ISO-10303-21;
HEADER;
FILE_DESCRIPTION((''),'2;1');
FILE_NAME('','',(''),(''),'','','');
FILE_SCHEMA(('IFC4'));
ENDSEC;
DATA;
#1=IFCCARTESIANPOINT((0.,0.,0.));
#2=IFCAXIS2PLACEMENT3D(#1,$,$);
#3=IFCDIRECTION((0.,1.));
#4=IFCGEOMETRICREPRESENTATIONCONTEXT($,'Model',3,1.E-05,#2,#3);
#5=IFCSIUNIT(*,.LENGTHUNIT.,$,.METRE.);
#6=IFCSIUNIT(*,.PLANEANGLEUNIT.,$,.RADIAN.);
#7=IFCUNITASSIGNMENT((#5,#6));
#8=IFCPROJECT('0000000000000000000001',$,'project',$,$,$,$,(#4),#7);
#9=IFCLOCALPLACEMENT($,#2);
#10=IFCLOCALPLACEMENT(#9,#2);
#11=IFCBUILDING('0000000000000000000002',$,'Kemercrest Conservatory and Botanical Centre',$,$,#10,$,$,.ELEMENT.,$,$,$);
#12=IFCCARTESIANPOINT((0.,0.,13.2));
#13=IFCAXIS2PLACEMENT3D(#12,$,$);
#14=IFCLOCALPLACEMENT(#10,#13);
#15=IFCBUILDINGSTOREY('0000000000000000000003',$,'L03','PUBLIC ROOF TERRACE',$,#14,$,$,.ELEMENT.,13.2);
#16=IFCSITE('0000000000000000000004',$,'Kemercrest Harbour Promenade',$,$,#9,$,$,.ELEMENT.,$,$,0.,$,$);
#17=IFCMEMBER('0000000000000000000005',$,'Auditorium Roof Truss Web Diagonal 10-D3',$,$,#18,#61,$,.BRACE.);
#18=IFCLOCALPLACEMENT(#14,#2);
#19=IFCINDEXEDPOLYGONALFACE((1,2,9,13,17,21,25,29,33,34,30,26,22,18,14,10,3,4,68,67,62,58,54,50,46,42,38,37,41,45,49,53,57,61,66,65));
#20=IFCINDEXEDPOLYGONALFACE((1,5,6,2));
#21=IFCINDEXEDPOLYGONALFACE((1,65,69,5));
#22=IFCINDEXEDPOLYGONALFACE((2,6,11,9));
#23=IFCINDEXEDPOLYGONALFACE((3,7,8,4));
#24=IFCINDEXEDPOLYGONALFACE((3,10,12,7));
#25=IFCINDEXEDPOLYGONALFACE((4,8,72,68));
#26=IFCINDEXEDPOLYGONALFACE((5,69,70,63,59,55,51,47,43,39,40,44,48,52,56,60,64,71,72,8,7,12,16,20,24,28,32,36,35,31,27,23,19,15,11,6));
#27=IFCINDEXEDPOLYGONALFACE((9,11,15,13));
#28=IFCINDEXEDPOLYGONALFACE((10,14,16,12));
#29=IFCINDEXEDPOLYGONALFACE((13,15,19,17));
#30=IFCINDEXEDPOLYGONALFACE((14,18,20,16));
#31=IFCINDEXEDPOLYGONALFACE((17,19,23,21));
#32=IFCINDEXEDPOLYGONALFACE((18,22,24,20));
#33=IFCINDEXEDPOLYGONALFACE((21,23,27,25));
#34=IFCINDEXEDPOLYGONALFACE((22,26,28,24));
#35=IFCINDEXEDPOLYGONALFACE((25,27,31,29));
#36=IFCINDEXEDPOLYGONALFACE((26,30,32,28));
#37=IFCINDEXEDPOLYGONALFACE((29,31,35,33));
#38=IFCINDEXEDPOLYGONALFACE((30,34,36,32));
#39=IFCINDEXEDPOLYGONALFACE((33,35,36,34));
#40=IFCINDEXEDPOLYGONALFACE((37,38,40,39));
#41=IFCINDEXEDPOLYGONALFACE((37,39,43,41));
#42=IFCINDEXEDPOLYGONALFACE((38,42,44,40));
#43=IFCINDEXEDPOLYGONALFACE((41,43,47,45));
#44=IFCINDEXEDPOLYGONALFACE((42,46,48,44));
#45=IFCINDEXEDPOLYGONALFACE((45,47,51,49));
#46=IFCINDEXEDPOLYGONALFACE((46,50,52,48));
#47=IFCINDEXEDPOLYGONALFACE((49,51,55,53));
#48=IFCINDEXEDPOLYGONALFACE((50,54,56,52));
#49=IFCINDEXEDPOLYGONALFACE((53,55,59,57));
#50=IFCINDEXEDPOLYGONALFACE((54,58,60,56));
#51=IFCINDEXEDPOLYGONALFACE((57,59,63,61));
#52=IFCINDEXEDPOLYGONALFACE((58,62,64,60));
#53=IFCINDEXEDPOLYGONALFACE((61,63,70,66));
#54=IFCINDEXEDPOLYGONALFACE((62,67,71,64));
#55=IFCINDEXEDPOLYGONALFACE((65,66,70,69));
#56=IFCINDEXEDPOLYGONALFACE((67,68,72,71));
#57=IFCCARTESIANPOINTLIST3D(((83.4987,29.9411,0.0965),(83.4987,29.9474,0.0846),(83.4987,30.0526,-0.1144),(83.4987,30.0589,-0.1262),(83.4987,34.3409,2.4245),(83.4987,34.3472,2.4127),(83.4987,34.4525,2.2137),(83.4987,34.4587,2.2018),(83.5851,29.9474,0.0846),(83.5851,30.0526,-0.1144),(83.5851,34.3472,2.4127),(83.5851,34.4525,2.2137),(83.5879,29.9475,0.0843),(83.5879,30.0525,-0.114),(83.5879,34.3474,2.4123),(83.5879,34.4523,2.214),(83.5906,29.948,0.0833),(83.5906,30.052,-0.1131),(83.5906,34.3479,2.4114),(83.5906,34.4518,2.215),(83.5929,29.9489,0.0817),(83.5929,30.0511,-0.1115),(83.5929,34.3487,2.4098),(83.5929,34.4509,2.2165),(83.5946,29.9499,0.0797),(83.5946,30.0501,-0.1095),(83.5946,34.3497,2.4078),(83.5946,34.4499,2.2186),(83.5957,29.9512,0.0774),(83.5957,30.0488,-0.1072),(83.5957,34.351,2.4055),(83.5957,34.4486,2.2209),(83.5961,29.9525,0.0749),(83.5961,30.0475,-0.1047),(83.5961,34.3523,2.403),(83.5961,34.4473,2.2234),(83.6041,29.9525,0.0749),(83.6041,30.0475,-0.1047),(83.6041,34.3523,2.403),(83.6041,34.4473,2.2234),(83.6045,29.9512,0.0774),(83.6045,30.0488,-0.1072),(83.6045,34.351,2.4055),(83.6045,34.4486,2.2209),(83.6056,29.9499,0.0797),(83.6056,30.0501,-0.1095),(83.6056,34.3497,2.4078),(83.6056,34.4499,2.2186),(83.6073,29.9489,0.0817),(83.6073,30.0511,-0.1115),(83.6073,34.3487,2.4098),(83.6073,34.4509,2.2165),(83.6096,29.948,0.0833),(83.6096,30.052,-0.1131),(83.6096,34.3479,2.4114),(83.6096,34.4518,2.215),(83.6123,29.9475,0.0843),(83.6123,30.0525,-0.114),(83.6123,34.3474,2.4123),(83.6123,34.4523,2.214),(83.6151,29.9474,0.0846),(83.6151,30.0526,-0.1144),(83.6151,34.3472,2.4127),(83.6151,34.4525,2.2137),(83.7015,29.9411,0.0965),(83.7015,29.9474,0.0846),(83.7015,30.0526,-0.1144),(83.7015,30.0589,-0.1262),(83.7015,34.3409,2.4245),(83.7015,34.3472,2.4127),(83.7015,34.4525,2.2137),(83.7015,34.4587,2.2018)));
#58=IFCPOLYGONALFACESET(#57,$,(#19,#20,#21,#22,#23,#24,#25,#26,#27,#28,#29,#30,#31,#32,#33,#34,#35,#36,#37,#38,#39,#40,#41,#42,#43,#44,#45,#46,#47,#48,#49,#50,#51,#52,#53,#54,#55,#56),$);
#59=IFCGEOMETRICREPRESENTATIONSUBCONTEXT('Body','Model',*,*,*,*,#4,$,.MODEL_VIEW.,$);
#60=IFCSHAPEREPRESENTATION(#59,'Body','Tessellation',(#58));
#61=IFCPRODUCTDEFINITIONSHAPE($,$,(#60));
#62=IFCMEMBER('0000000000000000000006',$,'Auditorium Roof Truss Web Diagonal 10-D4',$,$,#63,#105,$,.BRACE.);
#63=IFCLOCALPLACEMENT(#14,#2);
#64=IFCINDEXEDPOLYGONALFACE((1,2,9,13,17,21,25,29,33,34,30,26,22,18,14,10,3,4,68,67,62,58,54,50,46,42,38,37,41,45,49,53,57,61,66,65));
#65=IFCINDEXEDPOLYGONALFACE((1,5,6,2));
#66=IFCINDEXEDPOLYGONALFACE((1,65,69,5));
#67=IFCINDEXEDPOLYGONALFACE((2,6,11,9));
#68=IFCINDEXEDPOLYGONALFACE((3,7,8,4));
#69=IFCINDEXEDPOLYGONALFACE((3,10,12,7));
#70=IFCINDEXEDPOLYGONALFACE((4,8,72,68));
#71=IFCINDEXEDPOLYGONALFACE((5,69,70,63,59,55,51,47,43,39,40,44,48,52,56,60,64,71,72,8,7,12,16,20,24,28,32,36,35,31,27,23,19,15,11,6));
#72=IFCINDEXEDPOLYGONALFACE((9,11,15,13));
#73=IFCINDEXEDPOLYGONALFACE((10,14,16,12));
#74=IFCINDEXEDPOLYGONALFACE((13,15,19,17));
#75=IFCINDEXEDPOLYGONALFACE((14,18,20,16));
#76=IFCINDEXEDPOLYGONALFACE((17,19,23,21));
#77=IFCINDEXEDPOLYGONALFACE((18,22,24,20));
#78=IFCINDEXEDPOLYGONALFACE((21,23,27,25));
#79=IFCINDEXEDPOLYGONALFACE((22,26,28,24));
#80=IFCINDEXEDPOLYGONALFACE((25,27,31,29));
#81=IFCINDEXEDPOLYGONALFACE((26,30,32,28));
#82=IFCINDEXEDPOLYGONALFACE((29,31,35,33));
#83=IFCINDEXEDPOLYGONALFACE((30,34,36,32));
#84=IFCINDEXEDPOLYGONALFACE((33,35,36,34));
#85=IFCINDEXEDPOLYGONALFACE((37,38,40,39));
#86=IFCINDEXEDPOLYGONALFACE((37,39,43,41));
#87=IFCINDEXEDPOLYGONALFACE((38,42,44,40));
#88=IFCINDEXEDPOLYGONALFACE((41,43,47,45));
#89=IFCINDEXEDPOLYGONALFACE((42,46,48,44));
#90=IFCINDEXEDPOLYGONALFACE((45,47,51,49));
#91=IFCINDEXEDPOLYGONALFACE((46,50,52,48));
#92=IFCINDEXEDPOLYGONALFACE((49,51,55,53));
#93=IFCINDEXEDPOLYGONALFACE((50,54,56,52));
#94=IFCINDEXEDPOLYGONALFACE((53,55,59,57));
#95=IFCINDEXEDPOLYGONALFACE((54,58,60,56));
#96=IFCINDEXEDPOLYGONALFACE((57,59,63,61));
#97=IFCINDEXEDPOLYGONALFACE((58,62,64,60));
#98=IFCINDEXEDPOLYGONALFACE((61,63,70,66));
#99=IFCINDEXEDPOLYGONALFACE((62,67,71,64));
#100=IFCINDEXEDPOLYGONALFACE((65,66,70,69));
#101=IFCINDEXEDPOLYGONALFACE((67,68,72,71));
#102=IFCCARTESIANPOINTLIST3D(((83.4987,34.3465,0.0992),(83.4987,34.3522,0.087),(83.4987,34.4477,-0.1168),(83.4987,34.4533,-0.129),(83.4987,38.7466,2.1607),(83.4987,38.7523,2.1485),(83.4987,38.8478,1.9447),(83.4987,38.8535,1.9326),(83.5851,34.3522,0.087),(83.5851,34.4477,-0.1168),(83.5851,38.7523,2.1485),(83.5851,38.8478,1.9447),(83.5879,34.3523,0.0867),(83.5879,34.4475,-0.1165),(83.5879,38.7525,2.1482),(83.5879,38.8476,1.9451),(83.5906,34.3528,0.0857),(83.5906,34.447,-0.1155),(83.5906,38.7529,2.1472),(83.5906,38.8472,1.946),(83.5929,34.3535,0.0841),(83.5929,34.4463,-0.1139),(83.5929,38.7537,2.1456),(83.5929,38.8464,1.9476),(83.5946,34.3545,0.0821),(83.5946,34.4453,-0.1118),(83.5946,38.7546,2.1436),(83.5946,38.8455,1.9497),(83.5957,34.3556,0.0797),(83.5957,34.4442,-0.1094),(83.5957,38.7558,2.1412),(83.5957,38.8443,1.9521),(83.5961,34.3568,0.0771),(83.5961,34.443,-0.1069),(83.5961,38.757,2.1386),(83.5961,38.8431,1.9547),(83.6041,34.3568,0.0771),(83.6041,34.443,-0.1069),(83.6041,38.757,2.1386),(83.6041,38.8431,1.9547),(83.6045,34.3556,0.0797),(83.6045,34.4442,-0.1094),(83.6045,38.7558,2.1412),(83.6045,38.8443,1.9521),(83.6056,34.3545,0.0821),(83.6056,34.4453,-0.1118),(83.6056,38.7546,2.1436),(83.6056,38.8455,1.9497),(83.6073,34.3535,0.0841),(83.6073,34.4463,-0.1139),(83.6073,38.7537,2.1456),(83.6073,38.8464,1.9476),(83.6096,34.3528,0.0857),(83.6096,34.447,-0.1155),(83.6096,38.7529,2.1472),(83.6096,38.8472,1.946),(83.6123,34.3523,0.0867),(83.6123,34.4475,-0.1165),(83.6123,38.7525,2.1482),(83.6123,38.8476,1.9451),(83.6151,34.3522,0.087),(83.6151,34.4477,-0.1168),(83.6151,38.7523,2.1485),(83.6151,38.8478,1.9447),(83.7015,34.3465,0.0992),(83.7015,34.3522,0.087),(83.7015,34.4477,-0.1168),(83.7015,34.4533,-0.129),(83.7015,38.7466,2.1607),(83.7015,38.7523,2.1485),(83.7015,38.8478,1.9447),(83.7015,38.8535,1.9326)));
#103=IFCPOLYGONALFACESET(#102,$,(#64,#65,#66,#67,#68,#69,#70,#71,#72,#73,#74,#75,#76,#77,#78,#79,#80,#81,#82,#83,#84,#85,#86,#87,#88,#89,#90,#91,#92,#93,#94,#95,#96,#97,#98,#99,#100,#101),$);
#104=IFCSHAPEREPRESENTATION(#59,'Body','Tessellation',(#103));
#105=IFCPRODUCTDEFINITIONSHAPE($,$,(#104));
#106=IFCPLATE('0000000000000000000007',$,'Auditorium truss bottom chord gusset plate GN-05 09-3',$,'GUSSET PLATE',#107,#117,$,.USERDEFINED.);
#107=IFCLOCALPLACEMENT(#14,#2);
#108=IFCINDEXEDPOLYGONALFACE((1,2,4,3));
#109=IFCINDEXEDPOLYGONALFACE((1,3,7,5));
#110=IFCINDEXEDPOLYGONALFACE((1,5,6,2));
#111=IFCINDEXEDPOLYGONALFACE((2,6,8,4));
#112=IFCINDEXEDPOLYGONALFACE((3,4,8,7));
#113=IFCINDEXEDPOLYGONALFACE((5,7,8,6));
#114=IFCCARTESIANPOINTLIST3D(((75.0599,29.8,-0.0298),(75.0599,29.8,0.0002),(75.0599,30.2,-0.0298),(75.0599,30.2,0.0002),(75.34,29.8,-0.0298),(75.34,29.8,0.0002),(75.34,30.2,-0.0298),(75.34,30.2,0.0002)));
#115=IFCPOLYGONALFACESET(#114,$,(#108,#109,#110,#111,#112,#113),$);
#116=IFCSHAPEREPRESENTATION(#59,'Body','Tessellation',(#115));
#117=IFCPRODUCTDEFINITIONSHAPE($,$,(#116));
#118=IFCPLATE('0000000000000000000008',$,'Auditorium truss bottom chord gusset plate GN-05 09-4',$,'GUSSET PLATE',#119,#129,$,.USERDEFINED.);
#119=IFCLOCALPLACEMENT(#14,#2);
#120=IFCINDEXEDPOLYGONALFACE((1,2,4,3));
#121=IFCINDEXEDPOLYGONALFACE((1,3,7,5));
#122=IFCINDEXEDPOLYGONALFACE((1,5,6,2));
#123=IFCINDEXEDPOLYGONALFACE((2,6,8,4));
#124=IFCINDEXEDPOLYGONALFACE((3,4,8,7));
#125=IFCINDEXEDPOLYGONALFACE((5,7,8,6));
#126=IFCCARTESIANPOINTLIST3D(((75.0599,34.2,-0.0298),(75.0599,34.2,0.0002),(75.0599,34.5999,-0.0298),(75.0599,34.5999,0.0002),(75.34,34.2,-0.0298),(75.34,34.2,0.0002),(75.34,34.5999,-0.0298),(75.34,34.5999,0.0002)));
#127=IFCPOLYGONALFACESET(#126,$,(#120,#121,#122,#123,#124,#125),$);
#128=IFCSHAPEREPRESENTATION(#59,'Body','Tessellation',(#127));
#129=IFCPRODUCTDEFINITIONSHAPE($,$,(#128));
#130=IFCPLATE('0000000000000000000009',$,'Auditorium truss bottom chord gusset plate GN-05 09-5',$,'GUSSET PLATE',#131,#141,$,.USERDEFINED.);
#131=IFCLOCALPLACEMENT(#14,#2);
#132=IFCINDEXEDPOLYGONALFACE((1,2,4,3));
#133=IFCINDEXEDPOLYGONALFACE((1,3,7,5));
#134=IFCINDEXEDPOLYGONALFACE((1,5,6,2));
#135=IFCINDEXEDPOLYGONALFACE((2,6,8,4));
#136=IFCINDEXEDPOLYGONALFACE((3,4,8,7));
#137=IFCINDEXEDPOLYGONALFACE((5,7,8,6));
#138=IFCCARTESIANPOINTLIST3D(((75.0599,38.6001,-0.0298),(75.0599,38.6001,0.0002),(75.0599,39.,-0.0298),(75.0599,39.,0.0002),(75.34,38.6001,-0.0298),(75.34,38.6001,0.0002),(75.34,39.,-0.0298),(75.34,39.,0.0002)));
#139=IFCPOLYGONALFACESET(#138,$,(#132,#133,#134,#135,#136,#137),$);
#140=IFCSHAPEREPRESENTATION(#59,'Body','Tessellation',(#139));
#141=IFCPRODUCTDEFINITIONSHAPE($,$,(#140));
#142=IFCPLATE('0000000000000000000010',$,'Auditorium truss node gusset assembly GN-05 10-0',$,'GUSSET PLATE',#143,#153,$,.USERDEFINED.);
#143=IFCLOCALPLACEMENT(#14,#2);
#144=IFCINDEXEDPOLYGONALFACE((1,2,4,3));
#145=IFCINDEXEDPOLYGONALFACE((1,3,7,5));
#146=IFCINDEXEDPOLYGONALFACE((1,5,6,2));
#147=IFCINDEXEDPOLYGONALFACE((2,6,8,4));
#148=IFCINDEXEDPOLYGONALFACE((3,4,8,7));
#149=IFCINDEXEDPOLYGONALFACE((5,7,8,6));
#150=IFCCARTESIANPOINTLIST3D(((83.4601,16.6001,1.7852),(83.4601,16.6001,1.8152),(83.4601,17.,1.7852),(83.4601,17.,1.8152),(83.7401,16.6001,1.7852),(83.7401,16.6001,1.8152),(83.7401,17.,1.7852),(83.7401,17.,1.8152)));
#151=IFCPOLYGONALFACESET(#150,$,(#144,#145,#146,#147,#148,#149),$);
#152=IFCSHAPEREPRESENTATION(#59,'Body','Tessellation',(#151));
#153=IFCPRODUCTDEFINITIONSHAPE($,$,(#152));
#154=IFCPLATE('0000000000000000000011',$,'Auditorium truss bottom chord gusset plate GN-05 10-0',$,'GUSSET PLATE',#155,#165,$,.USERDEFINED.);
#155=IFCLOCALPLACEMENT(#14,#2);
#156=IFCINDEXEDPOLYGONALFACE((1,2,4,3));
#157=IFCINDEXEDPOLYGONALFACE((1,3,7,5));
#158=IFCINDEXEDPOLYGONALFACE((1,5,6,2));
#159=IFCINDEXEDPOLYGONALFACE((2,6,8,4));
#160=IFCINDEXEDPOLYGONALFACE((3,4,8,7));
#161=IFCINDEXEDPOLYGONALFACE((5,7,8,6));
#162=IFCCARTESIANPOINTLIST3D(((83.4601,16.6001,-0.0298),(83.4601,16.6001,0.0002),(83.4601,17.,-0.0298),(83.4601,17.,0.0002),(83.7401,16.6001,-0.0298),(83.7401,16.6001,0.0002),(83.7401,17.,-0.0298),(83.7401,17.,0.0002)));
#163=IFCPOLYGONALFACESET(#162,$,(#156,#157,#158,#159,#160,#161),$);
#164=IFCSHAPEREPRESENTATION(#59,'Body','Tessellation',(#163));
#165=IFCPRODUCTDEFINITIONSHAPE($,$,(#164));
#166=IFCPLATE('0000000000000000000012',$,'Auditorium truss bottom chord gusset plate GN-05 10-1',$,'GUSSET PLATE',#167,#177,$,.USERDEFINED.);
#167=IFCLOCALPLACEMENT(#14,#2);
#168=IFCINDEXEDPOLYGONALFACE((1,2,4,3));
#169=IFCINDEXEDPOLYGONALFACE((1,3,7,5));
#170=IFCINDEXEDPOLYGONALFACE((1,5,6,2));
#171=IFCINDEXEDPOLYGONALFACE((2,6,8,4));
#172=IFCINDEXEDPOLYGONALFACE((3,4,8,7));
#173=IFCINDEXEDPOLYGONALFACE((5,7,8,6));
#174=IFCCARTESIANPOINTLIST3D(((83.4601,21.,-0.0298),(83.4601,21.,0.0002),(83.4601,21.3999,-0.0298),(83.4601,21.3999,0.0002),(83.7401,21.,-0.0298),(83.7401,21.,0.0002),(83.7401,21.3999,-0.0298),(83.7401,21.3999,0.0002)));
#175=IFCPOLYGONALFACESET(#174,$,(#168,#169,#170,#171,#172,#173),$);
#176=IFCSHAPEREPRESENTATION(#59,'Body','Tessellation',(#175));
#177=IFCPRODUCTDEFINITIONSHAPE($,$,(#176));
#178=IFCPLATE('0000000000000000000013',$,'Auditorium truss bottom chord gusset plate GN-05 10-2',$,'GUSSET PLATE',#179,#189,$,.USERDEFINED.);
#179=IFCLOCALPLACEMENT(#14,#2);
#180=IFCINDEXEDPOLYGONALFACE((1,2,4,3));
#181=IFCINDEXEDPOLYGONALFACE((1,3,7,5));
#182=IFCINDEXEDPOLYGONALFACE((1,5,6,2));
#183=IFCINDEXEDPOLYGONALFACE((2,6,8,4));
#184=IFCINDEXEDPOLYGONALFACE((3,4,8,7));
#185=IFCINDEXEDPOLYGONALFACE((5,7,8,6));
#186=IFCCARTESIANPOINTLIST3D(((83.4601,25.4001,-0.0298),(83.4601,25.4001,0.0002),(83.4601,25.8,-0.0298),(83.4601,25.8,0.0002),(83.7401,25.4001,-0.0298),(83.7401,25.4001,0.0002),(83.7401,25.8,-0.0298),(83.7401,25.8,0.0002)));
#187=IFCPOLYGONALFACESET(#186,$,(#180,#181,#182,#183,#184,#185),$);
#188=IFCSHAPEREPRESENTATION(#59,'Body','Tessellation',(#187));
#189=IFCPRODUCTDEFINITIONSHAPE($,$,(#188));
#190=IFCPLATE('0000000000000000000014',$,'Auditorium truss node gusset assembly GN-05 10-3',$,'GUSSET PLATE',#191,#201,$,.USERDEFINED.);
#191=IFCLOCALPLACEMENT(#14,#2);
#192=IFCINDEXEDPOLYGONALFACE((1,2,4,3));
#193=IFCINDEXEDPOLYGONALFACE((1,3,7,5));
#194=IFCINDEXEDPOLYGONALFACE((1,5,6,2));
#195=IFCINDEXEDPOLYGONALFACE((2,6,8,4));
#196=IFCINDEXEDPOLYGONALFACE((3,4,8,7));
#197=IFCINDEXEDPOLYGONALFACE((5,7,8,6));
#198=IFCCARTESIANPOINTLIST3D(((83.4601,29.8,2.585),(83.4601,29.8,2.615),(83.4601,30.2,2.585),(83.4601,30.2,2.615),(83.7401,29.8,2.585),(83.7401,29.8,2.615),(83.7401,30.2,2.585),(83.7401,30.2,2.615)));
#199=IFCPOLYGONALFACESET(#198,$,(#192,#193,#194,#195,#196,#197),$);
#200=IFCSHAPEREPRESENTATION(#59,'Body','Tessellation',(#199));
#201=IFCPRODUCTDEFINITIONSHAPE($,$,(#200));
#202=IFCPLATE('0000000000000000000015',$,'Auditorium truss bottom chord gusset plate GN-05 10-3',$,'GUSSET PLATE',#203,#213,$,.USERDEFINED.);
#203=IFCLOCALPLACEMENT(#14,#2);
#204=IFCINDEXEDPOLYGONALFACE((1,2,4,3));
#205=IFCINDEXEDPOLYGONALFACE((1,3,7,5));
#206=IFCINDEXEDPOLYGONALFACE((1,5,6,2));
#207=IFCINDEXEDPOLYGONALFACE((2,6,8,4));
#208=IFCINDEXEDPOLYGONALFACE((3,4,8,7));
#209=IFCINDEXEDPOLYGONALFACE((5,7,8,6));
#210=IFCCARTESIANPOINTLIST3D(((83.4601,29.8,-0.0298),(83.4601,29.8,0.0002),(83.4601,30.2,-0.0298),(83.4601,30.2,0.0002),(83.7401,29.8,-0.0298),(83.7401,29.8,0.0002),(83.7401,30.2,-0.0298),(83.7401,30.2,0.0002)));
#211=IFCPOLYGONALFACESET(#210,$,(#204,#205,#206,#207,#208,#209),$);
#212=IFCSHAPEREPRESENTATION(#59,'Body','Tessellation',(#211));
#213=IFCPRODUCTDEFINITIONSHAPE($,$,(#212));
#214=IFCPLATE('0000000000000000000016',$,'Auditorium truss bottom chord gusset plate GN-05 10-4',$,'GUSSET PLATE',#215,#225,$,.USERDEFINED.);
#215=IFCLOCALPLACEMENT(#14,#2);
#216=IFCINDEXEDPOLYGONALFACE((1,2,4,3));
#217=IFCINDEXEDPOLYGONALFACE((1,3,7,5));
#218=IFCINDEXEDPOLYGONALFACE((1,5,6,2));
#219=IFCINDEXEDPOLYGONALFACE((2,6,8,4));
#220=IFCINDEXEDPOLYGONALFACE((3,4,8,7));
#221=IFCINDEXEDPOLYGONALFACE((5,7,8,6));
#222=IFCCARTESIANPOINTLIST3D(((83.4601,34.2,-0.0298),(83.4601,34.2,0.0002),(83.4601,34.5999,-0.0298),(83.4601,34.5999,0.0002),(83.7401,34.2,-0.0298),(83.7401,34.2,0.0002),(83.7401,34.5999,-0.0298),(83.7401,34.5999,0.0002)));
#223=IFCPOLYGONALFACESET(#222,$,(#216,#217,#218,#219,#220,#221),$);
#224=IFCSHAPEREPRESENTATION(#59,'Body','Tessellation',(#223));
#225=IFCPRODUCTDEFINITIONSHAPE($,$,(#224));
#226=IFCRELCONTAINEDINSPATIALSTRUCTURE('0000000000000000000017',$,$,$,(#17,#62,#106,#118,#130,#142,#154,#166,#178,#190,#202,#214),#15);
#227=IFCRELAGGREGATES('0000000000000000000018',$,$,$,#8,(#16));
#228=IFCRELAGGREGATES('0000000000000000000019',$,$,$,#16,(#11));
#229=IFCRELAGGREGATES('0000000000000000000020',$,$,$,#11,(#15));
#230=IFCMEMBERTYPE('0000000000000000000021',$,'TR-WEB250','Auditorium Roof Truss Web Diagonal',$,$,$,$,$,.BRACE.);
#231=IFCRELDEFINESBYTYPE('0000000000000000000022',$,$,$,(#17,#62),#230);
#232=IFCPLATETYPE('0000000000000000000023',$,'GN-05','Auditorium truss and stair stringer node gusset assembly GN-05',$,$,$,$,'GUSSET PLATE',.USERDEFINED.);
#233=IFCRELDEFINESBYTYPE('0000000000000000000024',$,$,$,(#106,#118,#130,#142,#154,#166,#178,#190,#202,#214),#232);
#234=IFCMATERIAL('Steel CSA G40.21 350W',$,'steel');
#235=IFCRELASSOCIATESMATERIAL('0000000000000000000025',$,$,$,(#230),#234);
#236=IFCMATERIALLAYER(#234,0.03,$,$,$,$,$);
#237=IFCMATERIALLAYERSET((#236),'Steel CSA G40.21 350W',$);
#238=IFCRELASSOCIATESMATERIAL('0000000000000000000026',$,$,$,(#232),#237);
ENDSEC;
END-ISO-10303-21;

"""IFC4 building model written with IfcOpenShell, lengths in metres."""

from ifc_helpers import new_model, si_unit, direction, frame, origin, origin_2d, place, context, subcontext, project, spatial, rectangle, i_section, extrude, material, layer, layer_set, material_profile, profile_set, type_object, element, save


model = new_model("IFC4")

# Units and contexts
model_context = context("Model", 3, precision=1e-05, world=origin(), true_north=direction((0.0, 1.0)))
body_context = subcontext(model_context, "Body", "Model", "MODEL_VIEW")
ifc_project = project(units=[si_unit("LENGTHUNIT", "METRE"), si_unit("PLANEANGLEUNIT", "RADIAN")], contexts=[model_context])

# Site, building, storey
site_placement = place(None, origin())
site = spatial("IfcSite", under=ifc_project, at=site_placement, Name="Kemercrest Harbour Promenade", CompositionType="ELEMENT", RefElevation=0.0)
building_placement = place(site_placement, origin())
building = spatial("IfcBuilding", under=site, at=building_placement, Name="Kemercrest Conservatory and Botanical Centre", CompositionType="ELEMENT")
storey_placement = place(building_placement, frame((0.0, 0.0, 13.2)))
storey = spatial("IfcBuildingStorey", under=building, at=storey_placement, Name="L03", Description="PUBLIC ROOF TERRACE", CompositionType="ELEMENT", Elevation=13.2)

# Members
ifc_material = material(Name="Steel CSA G40.21 350W", Category="steel")
ifc_material_profile_1 = material_profile(ifc_material, i_section(OverallWidth=0.2029, OverallDepth=0.252, WebThickness=0.0081, FlangeThickness=0.0134, FilletRadius=0.011, at=origin_2d()), Name="W250X58")
ifc_profile_set_1 = profile_set([ifc_material_profile_1], Name="Steel CSA G40.21 350W")
member_type_1 = type_object("IfcMemberType", Name="TR-WEB250", Description="Auditorium Roof Truss Web Diagonal", PredefinedType="BRACE", material=ifc_profile_set_1)
for number, where, z_axis, x_axis, name in (
    (1, (83.6001, 30.0, -0.0149), (0.0, 0.88389, 0.467694), (-1.0, 0.0, 0.0), "Auditorium Roof Truss Web Diagonal 10-D3"),
):
    element("IfcMember", number, at=place(storey_placement, frame(where, z_axis=z_axis, x_axis=x_axis)), inside=storey, type_object=member_type_1, Name=name, PredefinedType="BRACE", context=body_context, shape_type="SweptSolid", body=[
        extrude(i_section(OverallWidth=0.2029, OverallDepth=0.252, WebThickness=0.0081, FlangeThickness=0.0134, FilletRadius=0.011, at=origin_2d()), origin(), (0.0, 0.0, 1.0), 4.9778),
    ])
member_1_placement = place(storey_placement, frame((83.6001, 34.3999, -0.0149), z_axis=(0.0, 0.905542, 0.424258), x_axis=(-1.0, 0.0, 0.0)))
element("IfcMember", 2, at=member_1_placement, inside=storey, type_object=member_type_1, Name="Auditorium Roof Truss Web Diagonal 10-D4", PredefinedType="BRACE", context=body_context, shape_type="SweptSolid", body=[
    extrude(i_section(OverallWidth=0.2029, OverallDepth=0.252, WebThickness=0.0081, FlangeThickness=0.0134, FilletRadius=0.011, at=origin_2d()), origin(), (0.0, 0.0, 1.0), 4.8591),
])

# Plates
ifc_layer = layer(ifc_material, 0.03)
ifc_layer_set = layer_set([ifc_layer], Name="Steel CSA G40.21 350W")
plate_type = type_object("IfcPlateType", Name="GN-05", Description="Auditorium truss and stair stringer node gusset assembly GN-05", ElementType="GUSSET PLATE", PredefinedType="USERDEFINED", material=ifc_layer_set)
for number, where, z_axis, x_axis, name in (
    (3, (75.2, 30.0, -0.0298), (0.0, 0.0, 1.0), (0.0, 1.0, 0.0), "Auditorium truss bottom chord gusset plate GN-05 09-3"),
    (4, (75.2, 34.3999, -0.0298), (0.0, 0.0, 1.0), (0.0, 1.0, 0.0), "Auditorium truss bottom chord gusset plate GN-05 09-4"),
    (5, (75.2, 38.8, -0.0298), (0.0, 0.0, 1.0), (0.0, 1.0, 0.0), "Auditorium truss bottom chord gusset plate GN-05 09-5"),
    (6, (83.6001, 16.8, 1.7852), (0.0, 0.0, 1.0), (0.0, 1.0, 0.0), "Auditorium truss node gusset assembly GN-05 10-0"),
    (7, (83.6001, 16.8, -0.0298), (0.0, 0.0, 1.0), (0.0, 1.0, 0.0), "Auditorium truss bottom chord gusset plate GN-05 10-0"),
    (8, (83.6001, 21.2, -0.0298), (0.0, 0.0, 1.0), (0.0, 1.0, 0.0), "Auditorium truss bottom chord gusset plate GN-05 10-1"),
    (9, (83.6001, 25.6001, -0.0298), (0.0, 0.0, 1.0), (0.0, 1.0, 0.0), "Auditorium truss bottom chord gusset plate GN-05 10-2"),
    (10, (83.6001, 30.0, 2.585), (0.0, 0.0, 1.0), (0.0, 1.0, 0.0), "Auditorium truss node gusset assembly GN-05 10-3"),
    (11, (83.6001, 30.0, -0.0298), (0.0, 0.0, 1.0), (0.0, 1.0, 0.0), "Auditorium truss bottom chord gusset plate GN-05 10-3"),
    (12, (83.6001, 34.3999, -0.0298), (0.0, 0.0, 1.0), (0.0, 1.0, 0.0), "Auditorium truss bottom chord gusset plate GN-05 10-4"),
):
    element("IfcPlate", number, at=place(storey_placement, frame(where, z_axis=z_axis, x_axis=x_axis)), inside=storey, type_object=plate_type, Name=name, ObjectType="GUSSET PLATE", PredefinedType="USERDEFINED", context=body_context, shape_type="SweptSolid", body=[
        extrude(rectangle(XDim=0.3999, YDim=0.28, at=origin_2d()), origin(), (0.0, 0.0, 1.0), 0.03),
    ])

save(model, "model.ifc")
